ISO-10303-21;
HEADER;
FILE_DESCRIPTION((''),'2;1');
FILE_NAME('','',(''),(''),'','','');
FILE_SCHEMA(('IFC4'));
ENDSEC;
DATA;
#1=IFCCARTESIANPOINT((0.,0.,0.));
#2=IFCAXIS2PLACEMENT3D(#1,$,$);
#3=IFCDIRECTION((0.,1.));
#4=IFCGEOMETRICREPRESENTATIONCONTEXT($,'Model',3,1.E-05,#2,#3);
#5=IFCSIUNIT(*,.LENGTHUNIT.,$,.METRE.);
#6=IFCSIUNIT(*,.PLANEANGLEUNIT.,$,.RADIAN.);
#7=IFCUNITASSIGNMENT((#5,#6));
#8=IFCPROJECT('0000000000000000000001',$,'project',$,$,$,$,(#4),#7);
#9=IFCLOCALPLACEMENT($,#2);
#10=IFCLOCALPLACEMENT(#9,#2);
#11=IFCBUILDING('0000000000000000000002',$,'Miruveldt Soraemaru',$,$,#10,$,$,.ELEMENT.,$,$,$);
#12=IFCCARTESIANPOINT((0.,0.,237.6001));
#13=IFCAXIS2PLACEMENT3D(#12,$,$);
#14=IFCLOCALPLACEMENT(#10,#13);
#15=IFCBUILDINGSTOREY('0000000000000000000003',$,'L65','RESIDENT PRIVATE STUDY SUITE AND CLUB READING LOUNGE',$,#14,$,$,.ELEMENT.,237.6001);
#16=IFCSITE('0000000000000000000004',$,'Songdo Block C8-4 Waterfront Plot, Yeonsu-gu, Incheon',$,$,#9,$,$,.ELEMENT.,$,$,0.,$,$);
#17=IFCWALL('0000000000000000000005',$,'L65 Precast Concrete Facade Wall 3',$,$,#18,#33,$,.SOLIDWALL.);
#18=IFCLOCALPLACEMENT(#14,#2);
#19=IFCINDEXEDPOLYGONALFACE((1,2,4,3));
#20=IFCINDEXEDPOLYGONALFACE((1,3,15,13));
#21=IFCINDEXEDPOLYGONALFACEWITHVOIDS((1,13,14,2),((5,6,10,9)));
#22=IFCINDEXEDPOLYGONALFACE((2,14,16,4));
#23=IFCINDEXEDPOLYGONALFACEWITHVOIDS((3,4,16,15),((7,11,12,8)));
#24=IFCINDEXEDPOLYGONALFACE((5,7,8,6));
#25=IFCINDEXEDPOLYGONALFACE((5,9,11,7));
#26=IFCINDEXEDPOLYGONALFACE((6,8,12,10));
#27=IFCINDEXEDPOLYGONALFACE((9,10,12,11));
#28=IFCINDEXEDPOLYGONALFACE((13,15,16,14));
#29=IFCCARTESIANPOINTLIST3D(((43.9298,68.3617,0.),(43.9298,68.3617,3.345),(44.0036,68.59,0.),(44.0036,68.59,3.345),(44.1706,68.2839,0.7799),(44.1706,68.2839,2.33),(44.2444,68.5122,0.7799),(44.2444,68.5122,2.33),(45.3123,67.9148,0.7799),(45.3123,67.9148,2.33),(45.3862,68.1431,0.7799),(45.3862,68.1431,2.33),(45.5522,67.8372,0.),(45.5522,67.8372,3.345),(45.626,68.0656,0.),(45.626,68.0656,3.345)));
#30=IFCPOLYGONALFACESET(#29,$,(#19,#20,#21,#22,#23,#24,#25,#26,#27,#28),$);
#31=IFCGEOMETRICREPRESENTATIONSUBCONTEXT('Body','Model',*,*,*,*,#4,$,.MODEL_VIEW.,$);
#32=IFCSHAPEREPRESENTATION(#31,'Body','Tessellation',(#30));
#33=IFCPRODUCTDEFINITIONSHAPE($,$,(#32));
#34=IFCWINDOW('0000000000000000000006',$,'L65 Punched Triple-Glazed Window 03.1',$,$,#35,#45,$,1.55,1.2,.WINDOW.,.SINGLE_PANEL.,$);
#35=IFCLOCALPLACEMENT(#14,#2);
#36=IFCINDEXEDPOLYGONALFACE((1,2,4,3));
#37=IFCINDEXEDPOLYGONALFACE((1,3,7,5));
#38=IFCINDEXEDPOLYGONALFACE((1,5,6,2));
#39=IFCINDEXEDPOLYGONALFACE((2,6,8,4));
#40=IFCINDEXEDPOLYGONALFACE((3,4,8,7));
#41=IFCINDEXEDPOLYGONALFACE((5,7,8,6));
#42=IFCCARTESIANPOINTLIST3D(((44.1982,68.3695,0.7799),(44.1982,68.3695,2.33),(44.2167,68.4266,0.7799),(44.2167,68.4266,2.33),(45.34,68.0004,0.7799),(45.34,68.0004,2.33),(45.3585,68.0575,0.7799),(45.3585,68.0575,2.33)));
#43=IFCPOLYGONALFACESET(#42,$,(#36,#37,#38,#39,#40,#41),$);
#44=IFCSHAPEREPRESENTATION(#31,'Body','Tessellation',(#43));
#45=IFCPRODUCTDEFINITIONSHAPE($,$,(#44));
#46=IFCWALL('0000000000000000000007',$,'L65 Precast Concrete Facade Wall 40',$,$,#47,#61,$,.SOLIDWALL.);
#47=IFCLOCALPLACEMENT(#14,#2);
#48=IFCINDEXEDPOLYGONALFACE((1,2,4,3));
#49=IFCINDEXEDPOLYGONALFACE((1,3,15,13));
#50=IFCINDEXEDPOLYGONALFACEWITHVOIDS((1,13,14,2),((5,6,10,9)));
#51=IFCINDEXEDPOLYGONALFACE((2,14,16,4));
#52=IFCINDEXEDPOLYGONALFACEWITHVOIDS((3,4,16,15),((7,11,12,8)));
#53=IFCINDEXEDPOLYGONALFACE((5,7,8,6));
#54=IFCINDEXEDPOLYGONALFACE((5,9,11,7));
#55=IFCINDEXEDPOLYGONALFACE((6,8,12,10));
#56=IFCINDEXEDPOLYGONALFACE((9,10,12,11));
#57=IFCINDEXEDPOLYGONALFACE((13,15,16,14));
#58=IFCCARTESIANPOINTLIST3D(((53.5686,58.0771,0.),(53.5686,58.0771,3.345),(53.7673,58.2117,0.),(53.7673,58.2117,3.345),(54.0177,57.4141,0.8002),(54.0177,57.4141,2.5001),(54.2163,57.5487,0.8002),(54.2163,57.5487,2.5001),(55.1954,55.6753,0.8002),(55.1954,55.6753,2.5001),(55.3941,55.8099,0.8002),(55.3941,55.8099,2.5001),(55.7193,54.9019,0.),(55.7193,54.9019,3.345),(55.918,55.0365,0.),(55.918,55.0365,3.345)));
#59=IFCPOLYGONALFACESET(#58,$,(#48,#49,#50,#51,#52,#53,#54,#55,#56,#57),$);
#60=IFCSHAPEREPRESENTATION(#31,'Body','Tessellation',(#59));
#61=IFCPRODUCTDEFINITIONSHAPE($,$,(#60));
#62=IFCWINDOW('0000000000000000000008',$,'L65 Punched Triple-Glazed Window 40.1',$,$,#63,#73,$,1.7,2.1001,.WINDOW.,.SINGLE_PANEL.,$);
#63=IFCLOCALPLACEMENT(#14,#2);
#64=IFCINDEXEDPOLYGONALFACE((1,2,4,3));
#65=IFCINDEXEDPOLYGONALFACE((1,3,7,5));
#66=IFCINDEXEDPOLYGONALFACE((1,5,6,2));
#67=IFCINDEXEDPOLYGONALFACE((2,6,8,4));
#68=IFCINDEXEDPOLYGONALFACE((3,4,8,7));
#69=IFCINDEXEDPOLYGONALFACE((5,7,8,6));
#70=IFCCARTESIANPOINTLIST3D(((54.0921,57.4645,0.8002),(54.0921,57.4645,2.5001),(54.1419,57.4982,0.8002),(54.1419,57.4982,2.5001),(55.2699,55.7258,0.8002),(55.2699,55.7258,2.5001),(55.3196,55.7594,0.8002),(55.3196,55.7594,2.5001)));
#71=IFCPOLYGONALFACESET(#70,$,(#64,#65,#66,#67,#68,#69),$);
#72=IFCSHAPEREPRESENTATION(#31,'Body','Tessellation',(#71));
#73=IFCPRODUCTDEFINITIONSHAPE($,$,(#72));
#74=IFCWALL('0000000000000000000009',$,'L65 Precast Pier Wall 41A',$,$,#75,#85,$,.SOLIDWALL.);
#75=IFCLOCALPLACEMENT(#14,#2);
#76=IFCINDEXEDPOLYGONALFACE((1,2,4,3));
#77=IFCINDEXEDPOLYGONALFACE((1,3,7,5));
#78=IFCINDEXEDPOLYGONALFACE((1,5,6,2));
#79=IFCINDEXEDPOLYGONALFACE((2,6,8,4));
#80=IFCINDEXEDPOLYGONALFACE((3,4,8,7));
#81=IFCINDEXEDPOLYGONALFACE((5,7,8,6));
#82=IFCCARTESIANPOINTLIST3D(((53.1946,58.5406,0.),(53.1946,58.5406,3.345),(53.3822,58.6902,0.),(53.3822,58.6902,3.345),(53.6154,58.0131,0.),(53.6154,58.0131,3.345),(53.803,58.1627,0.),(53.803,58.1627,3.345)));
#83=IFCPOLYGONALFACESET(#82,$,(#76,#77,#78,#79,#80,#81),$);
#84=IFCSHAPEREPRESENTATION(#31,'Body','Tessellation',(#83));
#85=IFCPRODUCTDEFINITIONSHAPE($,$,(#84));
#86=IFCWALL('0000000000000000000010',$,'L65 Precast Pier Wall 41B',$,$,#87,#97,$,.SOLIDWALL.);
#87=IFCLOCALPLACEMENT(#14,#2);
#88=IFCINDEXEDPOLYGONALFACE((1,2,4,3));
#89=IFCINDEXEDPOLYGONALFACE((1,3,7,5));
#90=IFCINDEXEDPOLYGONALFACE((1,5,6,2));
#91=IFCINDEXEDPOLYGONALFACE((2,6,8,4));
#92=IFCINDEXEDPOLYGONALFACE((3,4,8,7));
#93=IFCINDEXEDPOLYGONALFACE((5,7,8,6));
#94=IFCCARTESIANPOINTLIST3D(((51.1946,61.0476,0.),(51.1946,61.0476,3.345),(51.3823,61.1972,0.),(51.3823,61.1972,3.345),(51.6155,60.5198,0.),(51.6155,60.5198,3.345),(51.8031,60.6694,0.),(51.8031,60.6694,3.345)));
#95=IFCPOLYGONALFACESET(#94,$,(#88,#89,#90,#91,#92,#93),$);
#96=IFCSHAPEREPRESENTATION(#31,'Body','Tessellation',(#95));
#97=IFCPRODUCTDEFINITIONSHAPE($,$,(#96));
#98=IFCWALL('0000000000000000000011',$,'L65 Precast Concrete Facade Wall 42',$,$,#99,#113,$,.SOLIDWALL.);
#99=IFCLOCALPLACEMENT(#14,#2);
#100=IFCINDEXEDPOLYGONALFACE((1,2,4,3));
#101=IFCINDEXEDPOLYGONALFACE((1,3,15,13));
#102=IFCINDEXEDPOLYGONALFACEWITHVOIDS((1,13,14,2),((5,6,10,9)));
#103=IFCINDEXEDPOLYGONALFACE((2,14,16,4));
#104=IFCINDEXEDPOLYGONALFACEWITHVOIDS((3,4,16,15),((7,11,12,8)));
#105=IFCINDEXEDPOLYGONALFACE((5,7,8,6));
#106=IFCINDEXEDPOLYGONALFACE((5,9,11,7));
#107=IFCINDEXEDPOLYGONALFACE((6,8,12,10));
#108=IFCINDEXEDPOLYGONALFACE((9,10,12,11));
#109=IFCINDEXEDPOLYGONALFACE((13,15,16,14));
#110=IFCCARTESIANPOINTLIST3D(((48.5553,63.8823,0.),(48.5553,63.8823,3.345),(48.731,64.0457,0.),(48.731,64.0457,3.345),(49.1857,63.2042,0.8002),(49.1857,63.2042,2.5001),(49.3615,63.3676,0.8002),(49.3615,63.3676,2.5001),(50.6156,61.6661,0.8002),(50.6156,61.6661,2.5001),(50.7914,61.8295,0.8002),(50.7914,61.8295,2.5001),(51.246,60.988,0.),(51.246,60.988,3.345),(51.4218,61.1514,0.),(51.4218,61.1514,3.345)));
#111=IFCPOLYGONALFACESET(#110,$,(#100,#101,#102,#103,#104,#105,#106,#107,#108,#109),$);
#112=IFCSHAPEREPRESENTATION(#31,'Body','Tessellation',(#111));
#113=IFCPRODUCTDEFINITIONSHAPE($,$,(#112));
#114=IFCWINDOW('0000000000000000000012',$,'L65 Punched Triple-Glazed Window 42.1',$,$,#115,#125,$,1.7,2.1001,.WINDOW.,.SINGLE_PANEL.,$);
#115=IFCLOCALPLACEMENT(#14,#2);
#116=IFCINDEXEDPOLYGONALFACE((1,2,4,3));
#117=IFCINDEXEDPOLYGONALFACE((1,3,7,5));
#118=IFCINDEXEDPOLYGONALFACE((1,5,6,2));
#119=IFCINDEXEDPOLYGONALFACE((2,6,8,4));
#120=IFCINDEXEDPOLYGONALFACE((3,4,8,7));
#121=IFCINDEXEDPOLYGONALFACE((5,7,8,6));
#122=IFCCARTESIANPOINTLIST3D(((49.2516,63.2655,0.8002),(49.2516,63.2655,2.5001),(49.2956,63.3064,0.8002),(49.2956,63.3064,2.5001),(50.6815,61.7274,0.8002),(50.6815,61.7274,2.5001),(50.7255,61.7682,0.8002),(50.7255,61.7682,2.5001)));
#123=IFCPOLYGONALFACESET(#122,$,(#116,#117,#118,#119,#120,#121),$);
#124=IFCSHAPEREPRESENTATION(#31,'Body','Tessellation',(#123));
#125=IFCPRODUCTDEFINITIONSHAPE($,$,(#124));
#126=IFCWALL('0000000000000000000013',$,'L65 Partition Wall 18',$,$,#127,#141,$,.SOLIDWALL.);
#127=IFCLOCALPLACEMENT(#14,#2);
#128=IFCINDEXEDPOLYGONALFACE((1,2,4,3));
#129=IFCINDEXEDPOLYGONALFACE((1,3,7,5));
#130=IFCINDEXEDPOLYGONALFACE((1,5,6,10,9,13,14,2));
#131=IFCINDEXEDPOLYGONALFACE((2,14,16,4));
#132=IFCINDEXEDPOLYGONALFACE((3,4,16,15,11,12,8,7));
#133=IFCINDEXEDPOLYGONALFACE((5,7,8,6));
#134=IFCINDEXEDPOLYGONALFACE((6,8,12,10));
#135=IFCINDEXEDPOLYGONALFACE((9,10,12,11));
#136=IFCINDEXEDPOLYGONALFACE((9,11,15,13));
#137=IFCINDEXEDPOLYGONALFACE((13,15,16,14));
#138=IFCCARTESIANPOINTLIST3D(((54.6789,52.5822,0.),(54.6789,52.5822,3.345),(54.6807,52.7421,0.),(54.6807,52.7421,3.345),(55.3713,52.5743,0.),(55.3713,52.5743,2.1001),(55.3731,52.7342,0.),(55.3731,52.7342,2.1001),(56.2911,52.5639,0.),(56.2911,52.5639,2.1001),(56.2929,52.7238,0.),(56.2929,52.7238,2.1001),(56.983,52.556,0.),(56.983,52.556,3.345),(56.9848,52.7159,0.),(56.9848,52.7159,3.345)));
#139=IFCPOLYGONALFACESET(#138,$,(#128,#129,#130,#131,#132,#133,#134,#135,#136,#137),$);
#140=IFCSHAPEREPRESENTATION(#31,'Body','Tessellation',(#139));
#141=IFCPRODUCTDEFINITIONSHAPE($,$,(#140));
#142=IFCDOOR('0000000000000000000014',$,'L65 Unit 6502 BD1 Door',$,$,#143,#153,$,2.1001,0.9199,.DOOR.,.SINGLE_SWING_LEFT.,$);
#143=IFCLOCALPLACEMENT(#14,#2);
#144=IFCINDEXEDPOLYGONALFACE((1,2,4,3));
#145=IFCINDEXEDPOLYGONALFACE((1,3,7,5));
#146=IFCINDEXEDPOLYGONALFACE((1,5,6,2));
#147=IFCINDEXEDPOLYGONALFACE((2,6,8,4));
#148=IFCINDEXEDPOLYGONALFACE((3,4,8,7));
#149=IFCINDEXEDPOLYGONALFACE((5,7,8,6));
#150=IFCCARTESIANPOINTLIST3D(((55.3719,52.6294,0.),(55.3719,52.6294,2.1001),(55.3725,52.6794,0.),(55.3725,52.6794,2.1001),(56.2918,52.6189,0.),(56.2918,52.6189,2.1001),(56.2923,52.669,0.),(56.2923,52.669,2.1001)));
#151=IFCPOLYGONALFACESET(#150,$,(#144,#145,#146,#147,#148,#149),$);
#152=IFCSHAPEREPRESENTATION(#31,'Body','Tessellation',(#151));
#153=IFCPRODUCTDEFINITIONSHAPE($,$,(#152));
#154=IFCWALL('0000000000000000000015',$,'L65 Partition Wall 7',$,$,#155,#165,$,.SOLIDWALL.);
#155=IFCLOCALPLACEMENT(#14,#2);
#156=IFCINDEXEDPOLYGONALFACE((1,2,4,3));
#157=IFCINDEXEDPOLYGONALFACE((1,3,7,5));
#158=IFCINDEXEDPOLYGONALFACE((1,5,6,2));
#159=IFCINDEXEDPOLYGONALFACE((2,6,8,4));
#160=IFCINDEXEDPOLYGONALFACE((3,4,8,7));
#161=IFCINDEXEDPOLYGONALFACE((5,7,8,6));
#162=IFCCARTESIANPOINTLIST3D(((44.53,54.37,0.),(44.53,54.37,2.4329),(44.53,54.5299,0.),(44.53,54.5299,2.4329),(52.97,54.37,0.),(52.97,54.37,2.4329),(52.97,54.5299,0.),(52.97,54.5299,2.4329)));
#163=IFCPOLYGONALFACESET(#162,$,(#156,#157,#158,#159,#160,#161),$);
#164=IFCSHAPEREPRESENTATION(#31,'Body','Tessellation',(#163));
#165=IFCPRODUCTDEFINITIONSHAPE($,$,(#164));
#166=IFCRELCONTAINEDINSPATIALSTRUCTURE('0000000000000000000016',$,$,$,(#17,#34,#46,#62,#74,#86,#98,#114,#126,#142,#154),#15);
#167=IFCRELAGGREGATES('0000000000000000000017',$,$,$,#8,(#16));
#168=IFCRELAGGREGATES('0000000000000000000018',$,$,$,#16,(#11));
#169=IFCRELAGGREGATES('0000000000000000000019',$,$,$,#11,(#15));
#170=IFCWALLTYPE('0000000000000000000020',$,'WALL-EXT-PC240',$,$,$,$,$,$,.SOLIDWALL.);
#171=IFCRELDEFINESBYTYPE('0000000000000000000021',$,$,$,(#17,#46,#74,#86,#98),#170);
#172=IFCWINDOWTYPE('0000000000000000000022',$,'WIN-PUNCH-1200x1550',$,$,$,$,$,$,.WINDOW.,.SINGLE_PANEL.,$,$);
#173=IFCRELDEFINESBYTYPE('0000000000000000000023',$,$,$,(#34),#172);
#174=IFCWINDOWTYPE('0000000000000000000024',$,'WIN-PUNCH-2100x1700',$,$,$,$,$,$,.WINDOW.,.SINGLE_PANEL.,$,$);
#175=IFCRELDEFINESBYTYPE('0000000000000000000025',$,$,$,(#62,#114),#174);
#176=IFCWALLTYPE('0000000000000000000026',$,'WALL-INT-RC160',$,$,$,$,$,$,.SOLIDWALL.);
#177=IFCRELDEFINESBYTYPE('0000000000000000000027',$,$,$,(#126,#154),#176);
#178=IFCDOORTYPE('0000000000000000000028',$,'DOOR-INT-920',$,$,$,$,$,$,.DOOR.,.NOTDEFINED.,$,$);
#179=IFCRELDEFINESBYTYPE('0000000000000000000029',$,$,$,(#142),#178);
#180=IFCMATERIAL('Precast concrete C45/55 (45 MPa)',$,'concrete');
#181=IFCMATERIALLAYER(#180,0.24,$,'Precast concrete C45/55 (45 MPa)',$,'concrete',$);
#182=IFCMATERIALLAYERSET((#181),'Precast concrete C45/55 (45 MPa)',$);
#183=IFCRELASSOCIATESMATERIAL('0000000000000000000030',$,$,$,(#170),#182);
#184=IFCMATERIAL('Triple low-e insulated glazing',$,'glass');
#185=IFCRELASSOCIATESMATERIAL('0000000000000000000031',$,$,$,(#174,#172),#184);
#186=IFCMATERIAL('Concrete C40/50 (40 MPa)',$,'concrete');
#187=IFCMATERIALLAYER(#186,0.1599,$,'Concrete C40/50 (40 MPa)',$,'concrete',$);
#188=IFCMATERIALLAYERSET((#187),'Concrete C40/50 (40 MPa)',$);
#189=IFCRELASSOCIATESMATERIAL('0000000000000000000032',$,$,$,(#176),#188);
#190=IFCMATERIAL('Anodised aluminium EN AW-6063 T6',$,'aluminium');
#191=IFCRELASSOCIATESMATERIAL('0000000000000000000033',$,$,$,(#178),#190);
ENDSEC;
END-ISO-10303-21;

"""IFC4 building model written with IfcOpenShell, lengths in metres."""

from ifc_helpers import new_model, si_unit, direction, frame, frame_2d, origin, place, context, subcontext, project, spatial, rectangle, extrude, material, layer, layer_set, type_object, element, fill, save


model = new_model("IFC4")

# Units and contexts
model_context = context("Model", 3, precision=1e-05, world=origin(), true_north=direction((0.0, 1.0)))
body_context = subcontext(model_context, "Body", "Model", "MODEL_VIEW")
ifc_project = project(units=[si_unit("LENGTHUNIT", "METRE"), si_unit("PLANEANGLEUNIT", "RADIAN")], contexts=[model_context])

# Site, building, storey
site_placement = place(None, origin())
site = spatial("IfcSite", under=ifc_project, at=site_placement, Name="Songdo Block C8-4 Waterfront Plot, Yeonsu-gu, Incheon", CompositionType="ELEMENT", RefElevation=0.0)
building_placement = place(site_placement, origin())
building = spatial("IfcBuilding", under=site, at=building_placement, Name="Miruveldt Soraemaru", CompositionType="ELEMENT")
storey_placement = place(building_placement, frame((0.0, 0.0, 237.6001)))
storey = spatial("IfcBuildingStorey", under=building, at=storey_placement, Name="L65", Description="RESIDENT PRIVATE STUDY SUITE AND CLUB READING LOUNGE", CompositionType="ELEMENT", Elevation=237.6001)

# Shared definitions
ifc_material_1 = material(Name="Anodised aluminium EN AW-6063 T6", Category="aluminium")

# Walls, openings, windows
ifc_material_2 = material(Name="Triple low-e insulated glazing", Category="glass")
ifc_material_3 = material(Name="Precast concrete C45/55 (45 MPa)", Category="concrete")
ifc_layer_1 = layer(ifc_material_3, 0.24, Name="Precast concrete C45/55 (45 MPa)", Category="concrete")
ifc_layer_set_1 = layer_set([ifc_layer_1], Name="Precast concrete C45/55 (45 MPa)")
wall_type_1 = type_object("IfcWallType", Name="WALL-EXT-PC240", PredefinedType="SOLIDWALL", material=ifc_layer_set_1)
window_type_1 = type_object("IfcWindowType", Name="WIN-PUNCH-2100x1700", PartitioningType="SINGLE_PANEL", PredefinedType="WINDOW", material=ifc_material_2)
wall_1_placement = place(storey_placement, frame((45.5891, 67.9514, 0.0), z_axis=(0.0, 0.0, 1.0), x_axis=(-0.951522, 0.30758, 0.0)))
wall_1 = element("IfcWall", 1, at=wall_1_placement, inside=storey, type_object=wall_type_1, Name="L65 Precast Concrete Facade Wall 3", PredefinedType="SOLIDWALL", context=body_context, shape_type="SweptSolid", body=[
    extrude(rectangle(XDim=1.7051, YDim=0.24, at=frame_2d((0.8525, 0.0))), origin(), (0.0, 0.0, 1.0), 3.345),
])
opening_1_placement = place(wall_1_placement, frame((0.252, 0.0, 0.78)))
opening_1 = element("IfcOpeningElement", 2, at=opening_1_placement, cuts=wall_1, PredefinedType="OPENING", context=body_context, shape_type="SweptSolid", body=[
    extrude(rectangle(XDim=1.2, YDim=1.55, at=frame_2d((0.6001, 0.7749))), frame((0.0, 0.1299, 0.0), z_axis=(0.0, -1.0, 0.0), x_axis=(1.0, 0.0, 0.0)), (0.0, 0.0, 1.0), 0.26),
])
window_type_2 = type_object("IfcWindowType", Name="WIN-PUNCH-1200x1550", PartitioningType="SINGLE_PANEL", PredefinedType="WINDOW", material=ifc_material_2)
window_1_placement = place(opening_1_placement, origin())
window_1 = element("IfcWindow", 3, at=window_1_placement, inside=storey, type_object=window_type_2, Name="L65 Punched Triple-Glazed Window 03.1", OverallHeight=1.55, OverallWidth=1.2, PartitioningType="SINGLE_PANEL", PredefinedType="WINDOW", context=body_context, shape_type="SweptSolid", body=[
    extrude(rectangle(XDim=1.2, YDim=1.55, at=frame_2d((0.6001, 0.7749))), frame((0.0, 0.03, 0.0), z_axis=(0.0, -1.0, 0.0), x_axis=(1.0, 0.0, 0.0)), (0.0, 0.0, 1.0), 0.0601),
])
fill(opening_1, window_1)
wall_2_placement = place(storey_placement, frame((55.8186, 54.9692, 0.0), z_axis=(0.0, 0.0, 1.0), x_axis=(-0.560812, 0.827943, 0.0)))
wall_2 = element("IfcWall", 4, at=wall_2_placement, inside=storey, type_object=wall_type_1, Name="L65 Precast Concrete Facade Wall 40", PredefinedType="SOLIDWALL", context=body_context, shape_type="SweptSolid", body=[
    extrude(rectangle(XDim=3.835, YDim=0.24, at=frame_2d((1.9175, 0.0))), origin(), (0.0, 0.0, 1.0), 3.345),
])
opening_2_placement = place(wall_2_placement, frame((0.9341, 0.0, 0.8)))
opening_2 = element("IfcOpeningElement", 5, at=opening_2_placement, cuts=wall_2, PredefinedType="OPENING", context=body_context, shape_type="SweptSolid", body=[
    extrude(rectangle(XDim=2.1001, YDim=1.7, at=frame_2d((1.05, 0.8501))), frame((0.0, 0.1299, 0.0), z_axis=(0.0, -1.0, 0.0), x_axis=(1.0, 0.0, 0.0)), (0.0, 0.0, 1.0), 0.26),
])
window_2_placement = place(opening_2_placement, origin())
window_2 = element("IfcWindow", 6, at=window_2_placement, inside=storey, type_object=window_type_1, Name="L65 Punched Triple-Glazed Window 40.1", OverallHeight=1.7, OverallWidth=2.1001, PartitioningType="SINGLE_PANEL", PredefinedType="WINDOW", context=body_context, shape_type="SweptSolid", body=[
    extrude(rectangle(XDim=2.1001, YDim=1.7, at=frame_2d((1.05, 0.8501))), frame((0.0, 0.03, 0.0), z_axis=(0.0, -1.0, 0.0), x_axis=(1.0, 0.0, 0.0)), (0.0, 0.0, 1.0), 0.0601),
])
fill(opening_2, window_2)

# Walls
wall_3_placement = place(storey_placement, frame((53.7092, 58.0879, 0.0), z_axis=(0.0, 0.0, 1.0), x_axis=(-0.623636, 0.781715, 0.0)))
element("IfcWall", 7, at=wall_3_placement, inside=storey, type_object=wall_type_1, Name="L65 Precast Pier Wall 41A", PredefinedType="SOLIDWALL", context=body_context, shape_type="SweptSolid", body=[
    extrude(rectangle(XDim=0.6748, YDim=0.24, at=frame_2d((0.3374, 0.0))), origin(), (0.0, 0.0, 1.0), 3.345),
])
wall_4_placement = place(storey_placement, frame((51.7092, 60.5947, 0.0), z_axis=(0.0, 0.0, 1.0), x_axis=(-0.623459, 0.781856, 0.0)))
element("IfcWall", 8, at=wall_4_placement, inside=storey, type_object=wall_type_1, Name="L65 Precast Pier Wall 41B", PredefinedType="SOLIDWALL", context=body_context, shape_type="SweptSolid", body=[
    extrude(rectangle(XDim=0.675, YDim=0.24, at=frame_2d((0.3374, 0.0))), origin(), (0.0, 0.0, 1.0), 3.345),
])

# Wall, opening, window
wall_5_placement = place(storey_placement, frame((51.334, 61.0696, 0.0), z_axis=(0.0, 0.0, 1.0), x_axis=(-0.680875, 0.7324, 0.0)))
wall_5 = element("IfcWall", 9, at=wall_5_placement, inside=storey, type_object=wall_type_1, Name="L65 Precast Concrete Facade Wall 42", PredefinedType="SOLIDWALL", context=body_context, shape_type="SweptSolid", body=[
    extrude(rectangle(XDim=3.9519, YDim=0.24, at=frame_2d((1.9761, 0.0))), origin(), (0.0, 0.0, 1.0), 3.345),
])
opening_3_placement = place(wall_5_placement, frame((0.926, 0.0, 0.8)))
opening_3 = element("IfcOpeningElement", 10, at=opening_3_placement, cuts=wall_5, PredefinedType="OPENING", context=body_context, shape_type="SweptSolid", body=[
    extrude(rectangle(XDim=2.1001, YDim=1.7, at=frame_2d((1.05, 0.8501))), frame((0.0, 0.1299, 0.0), z_axis=(0.0, -1.0, 0.0), x_axis=(1.0, 0.0, 0.0)), (0.0, 0.0, 1.0), 0.26),
])
window_3_placement = place(opening_3_placement, origin())
window_3 = element("IfcWindow", 11, at=window_3_placement, inside=storey, type_object=window_type_1, Name="L65 Punched Triple-Glazed Window 42.1", OverallHeight=1.7, OverallWidth=2.1001, PartitioningType="SINGLE_PANEL", PredefinedType="WINDOW", context=body_context, shape_type="SweptSolid", body=[
    extrude(rectangle(XDim=2.1001, YDim=1.7, at=frame_2d((1.05, 0.8501))), frame((0.0, 0.03, 0.0), z_axis=(0.0, -1.0, 0.0), x_axis=(1.0, 0.0, 0.0)), (0.0, 0.0, 1.0), 0.0601),
])
fill(opening_3, window_3)

# Wall, opening, door
ifc_material_4 = material(Name="Concrete C40/50 (40 MPa)", Category="concrete")
ifc_layer_2 = layer(ifc_material_4, 0.1599, Name="Concrete C40/50 (40 MPa)", Category="concrete")
ifc_layer_set_2 = layer_set([ifc_layer_2], Name="Concrete C40/50 (40 MPa)")
wall_type_2 = type_object("IfcWallType", Name="WALL-INT-RC160", PredefinedType="SOLIDWALL", material=ifc_layer_set_2)
wall_6_placement = place(storey_placement, frame((56.9839, 52.636, 0.0), z_axis=(0.0, 0.0, 1.0), x_axis=(-0.999936, 0.011338, 0.0)))
wall_6 = element("IfcWall", 12, at=wall_6_placement, inside=storey, type_object=wall_type_2, Name="L65 Partition Wall 18", PredefinedType="SOLIDWALL", context=body_context, shape_type="SweptSolid", body=[
    extrude(rectangle(XDim=2.3042, YDim=0.1599, at=frame_2d((1.1521, 0.0))), origin(), (0.0, 0.0, 1.0), 3.345),
])
opening_4_placement = place(wall_6_placement, frame((0.6919, 0.0, 0.0)))
opening_4 = element("IfcOpeningElement", 13, at=opening_4_placement, cuts=wall_6, PredefinedType="OPENING", context=body_context, shape_type="SweptSolid", body=[
    extrude(rectangle(XDim=0.9199, YDim=2.1001, at=frame_2d((0.46, 1.05))), frame((0.0, 0.0898, 0.0), z_axis=(0.0, -1.0, 0.0), x_axis=(1.0, 0.0, 0.0)), (0.0, 0.0, 1.0), 0.1799),
])
door_type = type_object("IfcDoorType", Name="DOOR-INT-920", OperationType="NOTDEFINED", PredefinedType="DOOR", material=ifc_material_1)
door_placement = place(opening_4_placement, origin())
door = element("IfcDoor", 14, at=door_placement, inside=storey, type_object=door_type, Name="L65 Unit 6502 BD1 Door", OperationType="SINGLE_SWING_LEFT", OverallHeight=2.1001, OverallWidth=0.9199, PredefinedType="DOOR", context=body_context, shape_type="SweptSolid", body=[
    extrude(rectangle(XDim=0.9199, YDim=2.1001, at=frame_2d((0.46, 1.05))), frame((0.0, 0.0249, 0.0), z_axis=(0.0, -1.0, 0.0), x_axis=(1.0, 0.0, 0.0)), (0.0, 0.0, 1.0), 0.05),
])
fill(opening_4, door)

# Wall
wall_7_placement = place(storey_placement, frame((52.97, 54.45, 0.0), z_axis=(0.0, 0.0, 1.0), x_axis=(-1.0, 0.0, 0.0)))
element("IfcWall", 15, at=wall_7_placement, inside=storey, type_object=wall_type_2, Name="L65 Partition Wall 7", PredefinedType="SOLIDWALL", context=body_context, shape_type="SweptSolid", body=[
    extrude(rectangle(XDim=8.4399, YDim=0.1599, at=frame_2d((4.22, 0.0))), origin(), (0.0, 0.0, 1.0), 2.4329),
])

save(model, "model.ifc")
